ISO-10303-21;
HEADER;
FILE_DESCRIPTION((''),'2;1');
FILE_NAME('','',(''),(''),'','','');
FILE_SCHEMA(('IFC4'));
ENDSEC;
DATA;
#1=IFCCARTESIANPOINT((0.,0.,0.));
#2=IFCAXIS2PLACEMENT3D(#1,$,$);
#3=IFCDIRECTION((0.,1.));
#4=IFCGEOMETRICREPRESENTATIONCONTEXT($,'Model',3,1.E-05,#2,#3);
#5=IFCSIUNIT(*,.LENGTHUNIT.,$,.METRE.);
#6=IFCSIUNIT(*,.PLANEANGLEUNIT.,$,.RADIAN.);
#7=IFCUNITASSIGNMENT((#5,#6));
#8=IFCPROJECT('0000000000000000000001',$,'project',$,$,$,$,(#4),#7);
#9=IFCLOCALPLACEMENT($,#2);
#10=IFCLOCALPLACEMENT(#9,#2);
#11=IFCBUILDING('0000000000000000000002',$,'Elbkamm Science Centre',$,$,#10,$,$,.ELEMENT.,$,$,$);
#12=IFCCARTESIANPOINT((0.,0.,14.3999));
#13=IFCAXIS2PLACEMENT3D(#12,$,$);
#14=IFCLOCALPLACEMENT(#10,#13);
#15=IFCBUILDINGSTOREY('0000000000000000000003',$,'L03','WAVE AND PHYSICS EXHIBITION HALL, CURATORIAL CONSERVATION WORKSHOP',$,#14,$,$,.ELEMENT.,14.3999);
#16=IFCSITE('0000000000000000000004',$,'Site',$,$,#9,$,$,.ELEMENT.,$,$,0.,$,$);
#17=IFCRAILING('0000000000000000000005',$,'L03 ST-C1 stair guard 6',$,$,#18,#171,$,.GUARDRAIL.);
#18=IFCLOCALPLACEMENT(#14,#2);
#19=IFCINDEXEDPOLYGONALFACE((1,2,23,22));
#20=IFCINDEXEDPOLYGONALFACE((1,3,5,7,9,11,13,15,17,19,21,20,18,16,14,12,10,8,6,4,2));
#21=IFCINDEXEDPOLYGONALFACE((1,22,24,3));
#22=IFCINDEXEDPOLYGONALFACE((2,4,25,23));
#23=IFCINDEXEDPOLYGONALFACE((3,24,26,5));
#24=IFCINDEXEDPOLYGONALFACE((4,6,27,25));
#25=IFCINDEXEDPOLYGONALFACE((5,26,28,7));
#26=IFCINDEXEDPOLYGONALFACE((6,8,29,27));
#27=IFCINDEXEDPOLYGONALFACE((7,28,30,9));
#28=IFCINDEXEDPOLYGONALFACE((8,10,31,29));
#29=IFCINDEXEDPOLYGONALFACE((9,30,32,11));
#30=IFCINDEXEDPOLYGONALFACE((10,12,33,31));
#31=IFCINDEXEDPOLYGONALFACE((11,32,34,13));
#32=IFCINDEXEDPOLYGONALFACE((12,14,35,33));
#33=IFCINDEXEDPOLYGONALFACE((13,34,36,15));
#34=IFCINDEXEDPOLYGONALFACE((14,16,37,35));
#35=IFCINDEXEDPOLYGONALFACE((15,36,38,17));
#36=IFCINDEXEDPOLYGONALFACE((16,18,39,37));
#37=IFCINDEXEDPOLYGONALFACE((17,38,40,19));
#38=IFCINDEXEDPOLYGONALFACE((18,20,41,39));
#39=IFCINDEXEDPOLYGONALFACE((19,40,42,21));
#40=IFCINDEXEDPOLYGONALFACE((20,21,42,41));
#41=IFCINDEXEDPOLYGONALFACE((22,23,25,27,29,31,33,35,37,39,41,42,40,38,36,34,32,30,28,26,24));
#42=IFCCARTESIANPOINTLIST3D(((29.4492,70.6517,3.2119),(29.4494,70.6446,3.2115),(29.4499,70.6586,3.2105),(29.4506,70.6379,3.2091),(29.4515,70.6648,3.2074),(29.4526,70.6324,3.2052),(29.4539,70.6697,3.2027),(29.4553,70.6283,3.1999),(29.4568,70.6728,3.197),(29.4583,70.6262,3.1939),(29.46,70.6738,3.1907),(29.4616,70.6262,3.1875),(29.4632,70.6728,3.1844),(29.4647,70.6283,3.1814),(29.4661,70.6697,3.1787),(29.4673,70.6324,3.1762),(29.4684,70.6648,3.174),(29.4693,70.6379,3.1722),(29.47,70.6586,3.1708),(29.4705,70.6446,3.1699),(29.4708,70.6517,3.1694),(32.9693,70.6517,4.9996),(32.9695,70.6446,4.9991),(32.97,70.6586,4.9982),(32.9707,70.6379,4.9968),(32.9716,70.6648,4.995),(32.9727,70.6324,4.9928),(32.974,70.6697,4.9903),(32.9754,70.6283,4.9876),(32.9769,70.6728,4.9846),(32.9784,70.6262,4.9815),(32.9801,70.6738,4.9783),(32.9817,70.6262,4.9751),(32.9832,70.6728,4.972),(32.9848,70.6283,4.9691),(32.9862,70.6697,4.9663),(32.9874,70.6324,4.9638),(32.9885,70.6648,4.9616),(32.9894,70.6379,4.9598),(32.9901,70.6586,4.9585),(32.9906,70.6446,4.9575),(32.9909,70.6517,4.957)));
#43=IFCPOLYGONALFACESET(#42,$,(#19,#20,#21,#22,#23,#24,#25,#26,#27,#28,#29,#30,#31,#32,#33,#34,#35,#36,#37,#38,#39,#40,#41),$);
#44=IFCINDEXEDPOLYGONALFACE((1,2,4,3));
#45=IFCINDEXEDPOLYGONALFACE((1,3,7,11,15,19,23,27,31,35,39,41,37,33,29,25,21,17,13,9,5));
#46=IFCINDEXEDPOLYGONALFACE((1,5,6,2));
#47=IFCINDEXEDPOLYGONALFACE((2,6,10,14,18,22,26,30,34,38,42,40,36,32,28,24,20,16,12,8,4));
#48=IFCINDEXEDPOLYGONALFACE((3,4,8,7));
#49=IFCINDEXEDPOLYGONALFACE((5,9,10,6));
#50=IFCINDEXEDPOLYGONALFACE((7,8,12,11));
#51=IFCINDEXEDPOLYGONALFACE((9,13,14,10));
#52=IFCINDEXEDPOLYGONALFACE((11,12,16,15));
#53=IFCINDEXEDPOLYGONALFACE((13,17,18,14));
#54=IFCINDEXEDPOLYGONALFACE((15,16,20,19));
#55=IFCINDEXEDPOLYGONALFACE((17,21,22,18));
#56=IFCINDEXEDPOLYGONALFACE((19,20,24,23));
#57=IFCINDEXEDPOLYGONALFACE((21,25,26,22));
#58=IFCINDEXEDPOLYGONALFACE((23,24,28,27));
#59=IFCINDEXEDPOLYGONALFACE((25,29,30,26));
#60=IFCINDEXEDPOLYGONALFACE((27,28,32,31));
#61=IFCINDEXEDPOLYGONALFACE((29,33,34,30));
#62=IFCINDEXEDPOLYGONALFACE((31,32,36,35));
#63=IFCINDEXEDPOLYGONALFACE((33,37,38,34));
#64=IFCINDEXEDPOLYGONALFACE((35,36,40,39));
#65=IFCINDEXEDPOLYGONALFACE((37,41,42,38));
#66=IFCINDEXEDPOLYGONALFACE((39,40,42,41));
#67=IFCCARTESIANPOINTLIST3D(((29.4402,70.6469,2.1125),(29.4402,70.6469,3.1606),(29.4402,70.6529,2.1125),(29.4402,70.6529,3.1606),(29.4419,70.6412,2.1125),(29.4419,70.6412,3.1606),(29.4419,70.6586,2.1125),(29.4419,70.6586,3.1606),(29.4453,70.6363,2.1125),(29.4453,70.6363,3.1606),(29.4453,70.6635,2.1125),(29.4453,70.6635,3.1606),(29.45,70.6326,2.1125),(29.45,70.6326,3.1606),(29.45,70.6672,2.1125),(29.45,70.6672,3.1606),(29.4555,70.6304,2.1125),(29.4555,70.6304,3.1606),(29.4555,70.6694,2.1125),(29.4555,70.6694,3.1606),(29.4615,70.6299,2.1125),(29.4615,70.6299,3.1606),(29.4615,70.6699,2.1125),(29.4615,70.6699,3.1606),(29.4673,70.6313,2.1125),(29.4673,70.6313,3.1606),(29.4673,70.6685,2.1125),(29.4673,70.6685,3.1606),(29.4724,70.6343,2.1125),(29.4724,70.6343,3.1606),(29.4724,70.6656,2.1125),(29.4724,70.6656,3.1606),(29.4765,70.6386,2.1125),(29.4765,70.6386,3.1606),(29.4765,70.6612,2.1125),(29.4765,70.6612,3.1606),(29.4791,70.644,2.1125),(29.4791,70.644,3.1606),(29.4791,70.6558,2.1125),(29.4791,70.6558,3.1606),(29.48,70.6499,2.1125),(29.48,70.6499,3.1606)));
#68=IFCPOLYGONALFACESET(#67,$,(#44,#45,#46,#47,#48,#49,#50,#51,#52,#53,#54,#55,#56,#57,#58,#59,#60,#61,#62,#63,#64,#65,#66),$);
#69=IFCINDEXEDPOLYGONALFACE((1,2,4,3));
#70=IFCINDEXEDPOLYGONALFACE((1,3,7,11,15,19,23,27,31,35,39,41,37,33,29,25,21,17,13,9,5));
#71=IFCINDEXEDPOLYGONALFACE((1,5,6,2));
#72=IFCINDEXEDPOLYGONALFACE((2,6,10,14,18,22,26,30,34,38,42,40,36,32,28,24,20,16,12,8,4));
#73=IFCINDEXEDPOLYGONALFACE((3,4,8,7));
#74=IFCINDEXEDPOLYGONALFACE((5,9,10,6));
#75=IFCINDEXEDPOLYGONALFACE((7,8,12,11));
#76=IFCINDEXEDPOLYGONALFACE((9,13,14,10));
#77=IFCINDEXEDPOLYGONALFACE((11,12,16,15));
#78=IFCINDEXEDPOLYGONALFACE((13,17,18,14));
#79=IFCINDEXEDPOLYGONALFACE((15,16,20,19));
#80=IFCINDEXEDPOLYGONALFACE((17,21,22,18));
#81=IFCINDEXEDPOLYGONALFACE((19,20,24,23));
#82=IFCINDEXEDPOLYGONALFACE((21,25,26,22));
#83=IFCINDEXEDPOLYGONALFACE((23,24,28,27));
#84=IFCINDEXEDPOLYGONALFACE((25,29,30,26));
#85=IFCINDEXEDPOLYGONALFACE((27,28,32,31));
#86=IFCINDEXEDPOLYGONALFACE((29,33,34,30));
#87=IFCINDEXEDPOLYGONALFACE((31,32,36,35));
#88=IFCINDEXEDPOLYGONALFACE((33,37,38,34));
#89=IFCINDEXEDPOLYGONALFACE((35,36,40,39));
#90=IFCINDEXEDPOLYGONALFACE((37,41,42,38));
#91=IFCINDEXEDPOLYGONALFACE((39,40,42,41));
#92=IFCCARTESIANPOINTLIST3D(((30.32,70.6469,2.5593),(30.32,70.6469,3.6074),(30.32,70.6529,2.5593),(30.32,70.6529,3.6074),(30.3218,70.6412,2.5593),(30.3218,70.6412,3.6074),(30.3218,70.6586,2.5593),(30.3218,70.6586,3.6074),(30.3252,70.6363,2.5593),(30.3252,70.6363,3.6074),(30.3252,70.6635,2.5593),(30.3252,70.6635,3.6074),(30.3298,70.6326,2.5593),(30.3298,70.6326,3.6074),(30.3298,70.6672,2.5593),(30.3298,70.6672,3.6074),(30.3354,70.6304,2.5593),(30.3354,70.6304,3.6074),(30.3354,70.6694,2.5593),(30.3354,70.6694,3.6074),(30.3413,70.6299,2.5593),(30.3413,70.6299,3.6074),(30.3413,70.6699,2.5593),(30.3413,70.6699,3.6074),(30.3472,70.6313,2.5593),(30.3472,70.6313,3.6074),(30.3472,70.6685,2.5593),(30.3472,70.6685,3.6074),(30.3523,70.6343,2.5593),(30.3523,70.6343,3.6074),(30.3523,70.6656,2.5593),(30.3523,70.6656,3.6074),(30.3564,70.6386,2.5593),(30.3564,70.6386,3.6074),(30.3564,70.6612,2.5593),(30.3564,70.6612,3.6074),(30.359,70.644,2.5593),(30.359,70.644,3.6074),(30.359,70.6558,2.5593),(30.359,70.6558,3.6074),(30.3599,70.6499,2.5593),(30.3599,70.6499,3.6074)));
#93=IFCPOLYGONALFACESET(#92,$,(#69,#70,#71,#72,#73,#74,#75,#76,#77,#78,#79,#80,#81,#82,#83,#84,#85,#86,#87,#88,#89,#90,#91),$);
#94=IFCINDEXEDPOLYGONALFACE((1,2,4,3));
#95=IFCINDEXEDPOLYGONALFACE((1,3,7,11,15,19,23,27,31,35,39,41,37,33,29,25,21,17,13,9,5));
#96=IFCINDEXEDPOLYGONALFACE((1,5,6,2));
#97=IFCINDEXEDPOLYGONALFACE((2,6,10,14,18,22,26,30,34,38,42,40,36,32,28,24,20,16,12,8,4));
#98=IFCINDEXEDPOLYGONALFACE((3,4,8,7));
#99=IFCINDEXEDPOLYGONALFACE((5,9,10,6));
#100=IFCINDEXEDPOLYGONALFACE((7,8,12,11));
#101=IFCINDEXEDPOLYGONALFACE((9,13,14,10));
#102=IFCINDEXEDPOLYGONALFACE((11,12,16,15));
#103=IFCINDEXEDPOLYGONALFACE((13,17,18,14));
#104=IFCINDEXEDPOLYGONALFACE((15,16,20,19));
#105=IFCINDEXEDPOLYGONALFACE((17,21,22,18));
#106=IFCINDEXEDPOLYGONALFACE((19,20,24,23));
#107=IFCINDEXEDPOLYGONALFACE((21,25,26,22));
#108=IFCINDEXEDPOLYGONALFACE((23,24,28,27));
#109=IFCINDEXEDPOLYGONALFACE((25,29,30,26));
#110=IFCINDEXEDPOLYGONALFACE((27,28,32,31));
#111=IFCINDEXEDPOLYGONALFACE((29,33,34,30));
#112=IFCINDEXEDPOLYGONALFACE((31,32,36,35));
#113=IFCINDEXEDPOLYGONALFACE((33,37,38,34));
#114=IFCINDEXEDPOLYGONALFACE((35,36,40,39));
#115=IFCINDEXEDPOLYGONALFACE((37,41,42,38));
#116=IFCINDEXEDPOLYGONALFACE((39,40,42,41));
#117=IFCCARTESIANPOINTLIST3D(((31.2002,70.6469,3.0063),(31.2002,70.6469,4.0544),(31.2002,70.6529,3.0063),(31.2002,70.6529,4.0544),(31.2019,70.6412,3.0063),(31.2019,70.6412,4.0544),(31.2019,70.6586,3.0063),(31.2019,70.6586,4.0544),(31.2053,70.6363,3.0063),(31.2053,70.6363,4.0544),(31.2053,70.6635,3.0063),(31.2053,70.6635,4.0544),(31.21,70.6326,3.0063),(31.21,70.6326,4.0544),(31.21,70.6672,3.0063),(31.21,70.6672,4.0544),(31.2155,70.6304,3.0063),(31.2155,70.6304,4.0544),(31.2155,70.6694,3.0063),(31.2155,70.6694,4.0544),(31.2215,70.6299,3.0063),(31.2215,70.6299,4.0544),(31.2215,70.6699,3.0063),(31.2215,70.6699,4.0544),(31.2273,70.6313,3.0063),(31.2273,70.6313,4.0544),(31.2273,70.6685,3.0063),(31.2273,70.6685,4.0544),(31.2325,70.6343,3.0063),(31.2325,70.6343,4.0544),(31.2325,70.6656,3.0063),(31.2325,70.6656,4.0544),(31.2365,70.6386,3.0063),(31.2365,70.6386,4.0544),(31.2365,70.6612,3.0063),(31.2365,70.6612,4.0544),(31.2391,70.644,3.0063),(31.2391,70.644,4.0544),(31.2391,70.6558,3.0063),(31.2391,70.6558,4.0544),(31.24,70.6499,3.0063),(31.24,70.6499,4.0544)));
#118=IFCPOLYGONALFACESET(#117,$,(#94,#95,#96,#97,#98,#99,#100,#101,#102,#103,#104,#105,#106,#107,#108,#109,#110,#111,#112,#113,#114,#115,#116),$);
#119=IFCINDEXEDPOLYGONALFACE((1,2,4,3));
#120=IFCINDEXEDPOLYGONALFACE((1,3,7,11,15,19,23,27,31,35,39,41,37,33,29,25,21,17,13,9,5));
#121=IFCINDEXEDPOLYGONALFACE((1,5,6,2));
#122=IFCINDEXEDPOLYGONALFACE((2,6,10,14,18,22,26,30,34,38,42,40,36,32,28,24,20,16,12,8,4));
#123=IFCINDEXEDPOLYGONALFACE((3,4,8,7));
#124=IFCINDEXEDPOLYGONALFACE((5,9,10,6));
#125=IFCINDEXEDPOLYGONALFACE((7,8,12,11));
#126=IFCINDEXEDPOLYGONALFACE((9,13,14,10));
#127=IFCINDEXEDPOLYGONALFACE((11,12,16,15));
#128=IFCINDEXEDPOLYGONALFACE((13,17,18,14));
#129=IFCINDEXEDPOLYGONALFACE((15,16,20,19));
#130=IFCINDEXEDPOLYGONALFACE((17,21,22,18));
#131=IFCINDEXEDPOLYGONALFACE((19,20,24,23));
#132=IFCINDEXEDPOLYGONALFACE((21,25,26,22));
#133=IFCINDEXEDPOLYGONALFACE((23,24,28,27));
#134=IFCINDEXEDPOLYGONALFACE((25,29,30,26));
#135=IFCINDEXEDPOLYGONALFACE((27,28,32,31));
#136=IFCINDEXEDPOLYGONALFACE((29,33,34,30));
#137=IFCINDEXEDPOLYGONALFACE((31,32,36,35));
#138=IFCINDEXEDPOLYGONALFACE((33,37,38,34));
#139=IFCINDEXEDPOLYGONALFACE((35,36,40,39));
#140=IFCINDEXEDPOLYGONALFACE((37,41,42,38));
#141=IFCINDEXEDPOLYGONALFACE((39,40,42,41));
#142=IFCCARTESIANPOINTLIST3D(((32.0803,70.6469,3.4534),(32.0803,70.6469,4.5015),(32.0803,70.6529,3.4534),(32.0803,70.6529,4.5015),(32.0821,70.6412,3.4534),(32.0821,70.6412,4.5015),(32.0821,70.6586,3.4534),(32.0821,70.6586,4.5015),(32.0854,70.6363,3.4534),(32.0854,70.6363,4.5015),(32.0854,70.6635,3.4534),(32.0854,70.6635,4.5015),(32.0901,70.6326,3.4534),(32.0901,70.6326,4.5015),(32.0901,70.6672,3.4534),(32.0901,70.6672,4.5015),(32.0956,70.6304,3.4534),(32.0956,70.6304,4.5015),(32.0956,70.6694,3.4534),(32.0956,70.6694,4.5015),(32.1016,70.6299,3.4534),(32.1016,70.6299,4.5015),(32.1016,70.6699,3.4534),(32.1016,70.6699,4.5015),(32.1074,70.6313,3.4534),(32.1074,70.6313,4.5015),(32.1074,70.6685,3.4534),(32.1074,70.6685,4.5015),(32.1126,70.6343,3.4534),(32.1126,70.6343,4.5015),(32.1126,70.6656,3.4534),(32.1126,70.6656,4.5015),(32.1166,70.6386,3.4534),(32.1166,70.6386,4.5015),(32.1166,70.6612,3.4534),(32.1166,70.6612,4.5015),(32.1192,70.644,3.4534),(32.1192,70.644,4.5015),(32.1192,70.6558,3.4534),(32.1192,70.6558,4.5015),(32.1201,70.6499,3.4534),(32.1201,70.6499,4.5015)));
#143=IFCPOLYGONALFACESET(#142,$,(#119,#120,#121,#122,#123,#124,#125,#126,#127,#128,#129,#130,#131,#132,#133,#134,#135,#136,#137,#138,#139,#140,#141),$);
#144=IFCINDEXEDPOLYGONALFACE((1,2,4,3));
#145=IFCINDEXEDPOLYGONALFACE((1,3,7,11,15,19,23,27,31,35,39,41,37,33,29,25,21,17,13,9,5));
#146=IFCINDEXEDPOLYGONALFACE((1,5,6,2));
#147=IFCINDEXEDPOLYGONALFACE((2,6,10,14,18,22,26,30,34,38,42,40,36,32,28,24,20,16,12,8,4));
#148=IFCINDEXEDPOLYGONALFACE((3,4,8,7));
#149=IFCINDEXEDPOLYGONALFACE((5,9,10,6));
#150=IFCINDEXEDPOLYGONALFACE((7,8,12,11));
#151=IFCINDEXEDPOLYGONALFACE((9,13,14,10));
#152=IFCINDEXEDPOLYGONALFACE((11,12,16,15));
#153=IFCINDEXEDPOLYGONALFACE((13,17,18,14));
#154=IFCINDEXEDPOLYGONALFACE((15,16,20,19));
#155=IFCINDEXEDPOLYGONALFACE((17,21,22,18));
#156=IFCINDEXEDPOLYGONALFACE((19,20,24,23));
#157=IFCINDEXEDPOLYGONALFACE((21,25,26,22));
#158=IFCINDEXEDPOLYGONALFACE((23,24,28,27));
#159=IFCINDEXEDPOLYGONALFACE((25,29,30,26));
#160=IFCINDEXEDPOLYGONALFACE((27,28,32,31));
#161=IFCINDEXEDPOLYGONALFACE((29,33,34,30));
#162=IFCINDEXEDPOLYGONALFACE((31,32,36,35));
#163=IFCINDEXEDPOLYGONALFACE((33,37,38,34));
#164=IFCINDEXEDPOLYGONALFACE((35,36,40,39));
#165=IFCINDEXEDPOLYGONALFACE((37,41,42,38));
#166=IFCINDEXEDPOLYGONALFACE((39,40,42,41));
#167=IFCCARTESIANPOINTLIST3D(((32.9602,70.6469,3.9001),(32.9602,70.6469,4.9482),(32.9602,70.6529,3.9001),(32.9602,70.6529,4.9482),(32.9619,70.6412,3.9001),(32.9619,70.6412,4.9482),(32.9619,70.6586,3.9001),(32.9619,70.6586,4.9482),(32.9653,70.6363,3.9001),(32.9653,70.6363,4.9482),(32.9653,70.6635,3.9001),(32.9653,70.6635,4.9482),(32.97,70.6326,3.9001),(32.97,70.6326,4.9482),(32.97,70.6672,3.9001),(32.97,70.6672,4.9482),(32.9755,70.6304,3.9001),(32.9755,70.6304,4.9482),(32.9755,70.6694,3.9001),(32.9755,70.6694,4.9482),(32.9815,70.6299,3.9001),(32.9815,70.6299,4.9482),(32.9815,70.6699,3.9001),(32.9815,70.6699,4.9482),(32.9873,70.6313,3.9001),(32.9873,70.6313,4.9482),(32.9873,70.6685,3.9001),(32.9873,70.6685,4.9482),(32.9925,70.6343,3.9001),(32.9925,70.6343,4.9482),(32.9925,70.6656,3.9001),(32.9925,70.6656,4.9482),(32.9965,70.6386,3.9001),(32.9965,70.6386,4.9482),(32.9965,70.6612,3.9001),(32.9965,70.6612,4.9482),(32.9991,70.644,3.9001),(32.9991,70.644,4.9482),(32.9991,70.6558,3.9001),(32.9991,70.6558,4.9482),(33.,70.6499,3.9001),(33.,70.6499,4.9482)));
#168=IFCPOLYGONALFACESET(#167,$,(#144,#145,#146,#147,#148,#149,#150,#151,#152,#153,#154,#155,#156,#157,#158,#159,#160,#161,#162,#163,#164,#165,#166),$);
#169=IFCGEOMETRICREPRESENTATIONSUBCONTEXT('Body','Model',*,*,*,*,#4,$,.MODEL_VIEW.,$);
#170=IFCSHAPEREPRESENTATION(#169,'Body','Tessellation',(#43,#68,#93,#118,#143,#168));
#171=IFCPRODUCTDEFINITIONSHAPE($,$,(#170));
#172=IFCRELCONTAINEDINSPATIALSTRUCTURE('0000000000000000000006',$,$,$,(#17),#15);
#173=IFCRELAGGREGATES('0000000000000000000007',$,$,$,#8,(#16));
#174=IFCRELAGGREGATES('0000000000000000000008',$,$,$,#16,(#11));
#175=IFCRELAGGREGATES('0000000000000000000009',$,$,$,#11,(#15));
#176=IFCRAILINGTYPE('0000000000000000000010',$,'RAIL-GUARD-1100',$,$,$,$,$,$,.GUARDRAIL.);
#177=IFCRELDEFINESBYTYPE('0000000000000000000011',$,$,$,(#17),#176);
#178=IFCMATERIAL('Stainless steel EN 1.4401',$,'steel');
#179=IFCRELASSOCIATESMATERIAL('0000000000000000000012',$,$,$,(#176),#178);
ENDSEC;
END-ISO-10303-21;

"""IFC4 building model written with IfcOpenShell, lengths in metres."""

from ifc_helpers import new_model, si_unit, direction, frame, origin, origin_2d, place, context, subcontext, project, spatial, circle, extrude, material, type_object, element, save


model = new_model("IFC4")

# Units and contexts
model_context = context("Model", 3, precision=1e-05, world=origin(), true_north=direction((0.0, 1.0)))
body_context = subcontext(model_context, "Body", "Model", "MODEL_VIEW")
ifc_project = project(units=[si_unit("LENGTHUNIT", "METRE"), si_unit("PLANEANGLEUNIT", "RADIAN")], contexts=[model_context])

# Site, building, storey
site_placement = place(None, origin())
site = spatial("IfcSite", under=ifc_project, at=site_placement, Name="Site", CompositionType="ELEMENT", RefElevation=0.0)
building_placement = place(site_placement, origin())
building = spatial("IfcBuilding", under=site, at=building_placement, Name="Elbkamm Science Centre", CompositionType="ELEMENT")
storey_placement = place(building_placement, frame((0.0, 0.0, 14.3999)))
storey = spatial("IfcBuildingStorey", under=building, at=storey_placement, Name="L03", Description="WAVE AND PHYSICS EXHIBITION HALL, CURATORIAL CONSERVATION WORKSHOP", CompositionType="ELEMENT", Elevation=14.3999)

# Railing
ifc_material_1 = material(Name="Stainless steel EN 1.4401", Category="steel")
railing_type_1 = type_object("IfcRailingType", Name="RAIL-GUARD-1100", PredefinedType="GUARDRAIL", material=ifc_material_1)
railing_1_placement = place(storey_placement, frame((29.46, 70.6499, 2.1125)))
element("IfcRailing", 1, at=railing_1_placement, inside=storey, type_object=railing_type_1, Name="L03 ST-C1 stair guard 6", PredefinedType="GUARDRAIL", context=body_context, shape_type="SweptSolid", body=[
    extrude(circle(Radius=0.0239, at=origin_2d()), frame((0.0, 0.0, 1.0781), z_axis=(0.891615, 0.0, 0.452795), x_axis=(0.0, 1.0, 0.0)), (0.0, 0.0, 1.0), 3.948),
    extrude(circle(Radius=0.02, at=origin_2d()), origin(), (0.0, 0.0, 1.0), 1.0481),
    extrude(circle(Radius=0.02, at=origin_2d()), frame((0.8799, 0.0, 0.4468)), (0.0, 0.0, 1.0), 1.0481),
    extrude(circle(Radius=0.02, at=origin_2d()), frame((1.76, 0.0, 0.8938)), (0.0, 0.0, 1.0), 1.0481),
    extrude(circle(Radius=0.02, at=origin_2d()), frame((2.6401, 0.0, 1.3408)), (0.0, 0.0, 1.0), 1.0481),
    extrude(circle(Radius=0.02, at=origin_2d()), frame((3.52, 0.0, 1.7876)), (0.0, 0.0, 1.0), 1.0481),
])

save(model, "model.ifc")
